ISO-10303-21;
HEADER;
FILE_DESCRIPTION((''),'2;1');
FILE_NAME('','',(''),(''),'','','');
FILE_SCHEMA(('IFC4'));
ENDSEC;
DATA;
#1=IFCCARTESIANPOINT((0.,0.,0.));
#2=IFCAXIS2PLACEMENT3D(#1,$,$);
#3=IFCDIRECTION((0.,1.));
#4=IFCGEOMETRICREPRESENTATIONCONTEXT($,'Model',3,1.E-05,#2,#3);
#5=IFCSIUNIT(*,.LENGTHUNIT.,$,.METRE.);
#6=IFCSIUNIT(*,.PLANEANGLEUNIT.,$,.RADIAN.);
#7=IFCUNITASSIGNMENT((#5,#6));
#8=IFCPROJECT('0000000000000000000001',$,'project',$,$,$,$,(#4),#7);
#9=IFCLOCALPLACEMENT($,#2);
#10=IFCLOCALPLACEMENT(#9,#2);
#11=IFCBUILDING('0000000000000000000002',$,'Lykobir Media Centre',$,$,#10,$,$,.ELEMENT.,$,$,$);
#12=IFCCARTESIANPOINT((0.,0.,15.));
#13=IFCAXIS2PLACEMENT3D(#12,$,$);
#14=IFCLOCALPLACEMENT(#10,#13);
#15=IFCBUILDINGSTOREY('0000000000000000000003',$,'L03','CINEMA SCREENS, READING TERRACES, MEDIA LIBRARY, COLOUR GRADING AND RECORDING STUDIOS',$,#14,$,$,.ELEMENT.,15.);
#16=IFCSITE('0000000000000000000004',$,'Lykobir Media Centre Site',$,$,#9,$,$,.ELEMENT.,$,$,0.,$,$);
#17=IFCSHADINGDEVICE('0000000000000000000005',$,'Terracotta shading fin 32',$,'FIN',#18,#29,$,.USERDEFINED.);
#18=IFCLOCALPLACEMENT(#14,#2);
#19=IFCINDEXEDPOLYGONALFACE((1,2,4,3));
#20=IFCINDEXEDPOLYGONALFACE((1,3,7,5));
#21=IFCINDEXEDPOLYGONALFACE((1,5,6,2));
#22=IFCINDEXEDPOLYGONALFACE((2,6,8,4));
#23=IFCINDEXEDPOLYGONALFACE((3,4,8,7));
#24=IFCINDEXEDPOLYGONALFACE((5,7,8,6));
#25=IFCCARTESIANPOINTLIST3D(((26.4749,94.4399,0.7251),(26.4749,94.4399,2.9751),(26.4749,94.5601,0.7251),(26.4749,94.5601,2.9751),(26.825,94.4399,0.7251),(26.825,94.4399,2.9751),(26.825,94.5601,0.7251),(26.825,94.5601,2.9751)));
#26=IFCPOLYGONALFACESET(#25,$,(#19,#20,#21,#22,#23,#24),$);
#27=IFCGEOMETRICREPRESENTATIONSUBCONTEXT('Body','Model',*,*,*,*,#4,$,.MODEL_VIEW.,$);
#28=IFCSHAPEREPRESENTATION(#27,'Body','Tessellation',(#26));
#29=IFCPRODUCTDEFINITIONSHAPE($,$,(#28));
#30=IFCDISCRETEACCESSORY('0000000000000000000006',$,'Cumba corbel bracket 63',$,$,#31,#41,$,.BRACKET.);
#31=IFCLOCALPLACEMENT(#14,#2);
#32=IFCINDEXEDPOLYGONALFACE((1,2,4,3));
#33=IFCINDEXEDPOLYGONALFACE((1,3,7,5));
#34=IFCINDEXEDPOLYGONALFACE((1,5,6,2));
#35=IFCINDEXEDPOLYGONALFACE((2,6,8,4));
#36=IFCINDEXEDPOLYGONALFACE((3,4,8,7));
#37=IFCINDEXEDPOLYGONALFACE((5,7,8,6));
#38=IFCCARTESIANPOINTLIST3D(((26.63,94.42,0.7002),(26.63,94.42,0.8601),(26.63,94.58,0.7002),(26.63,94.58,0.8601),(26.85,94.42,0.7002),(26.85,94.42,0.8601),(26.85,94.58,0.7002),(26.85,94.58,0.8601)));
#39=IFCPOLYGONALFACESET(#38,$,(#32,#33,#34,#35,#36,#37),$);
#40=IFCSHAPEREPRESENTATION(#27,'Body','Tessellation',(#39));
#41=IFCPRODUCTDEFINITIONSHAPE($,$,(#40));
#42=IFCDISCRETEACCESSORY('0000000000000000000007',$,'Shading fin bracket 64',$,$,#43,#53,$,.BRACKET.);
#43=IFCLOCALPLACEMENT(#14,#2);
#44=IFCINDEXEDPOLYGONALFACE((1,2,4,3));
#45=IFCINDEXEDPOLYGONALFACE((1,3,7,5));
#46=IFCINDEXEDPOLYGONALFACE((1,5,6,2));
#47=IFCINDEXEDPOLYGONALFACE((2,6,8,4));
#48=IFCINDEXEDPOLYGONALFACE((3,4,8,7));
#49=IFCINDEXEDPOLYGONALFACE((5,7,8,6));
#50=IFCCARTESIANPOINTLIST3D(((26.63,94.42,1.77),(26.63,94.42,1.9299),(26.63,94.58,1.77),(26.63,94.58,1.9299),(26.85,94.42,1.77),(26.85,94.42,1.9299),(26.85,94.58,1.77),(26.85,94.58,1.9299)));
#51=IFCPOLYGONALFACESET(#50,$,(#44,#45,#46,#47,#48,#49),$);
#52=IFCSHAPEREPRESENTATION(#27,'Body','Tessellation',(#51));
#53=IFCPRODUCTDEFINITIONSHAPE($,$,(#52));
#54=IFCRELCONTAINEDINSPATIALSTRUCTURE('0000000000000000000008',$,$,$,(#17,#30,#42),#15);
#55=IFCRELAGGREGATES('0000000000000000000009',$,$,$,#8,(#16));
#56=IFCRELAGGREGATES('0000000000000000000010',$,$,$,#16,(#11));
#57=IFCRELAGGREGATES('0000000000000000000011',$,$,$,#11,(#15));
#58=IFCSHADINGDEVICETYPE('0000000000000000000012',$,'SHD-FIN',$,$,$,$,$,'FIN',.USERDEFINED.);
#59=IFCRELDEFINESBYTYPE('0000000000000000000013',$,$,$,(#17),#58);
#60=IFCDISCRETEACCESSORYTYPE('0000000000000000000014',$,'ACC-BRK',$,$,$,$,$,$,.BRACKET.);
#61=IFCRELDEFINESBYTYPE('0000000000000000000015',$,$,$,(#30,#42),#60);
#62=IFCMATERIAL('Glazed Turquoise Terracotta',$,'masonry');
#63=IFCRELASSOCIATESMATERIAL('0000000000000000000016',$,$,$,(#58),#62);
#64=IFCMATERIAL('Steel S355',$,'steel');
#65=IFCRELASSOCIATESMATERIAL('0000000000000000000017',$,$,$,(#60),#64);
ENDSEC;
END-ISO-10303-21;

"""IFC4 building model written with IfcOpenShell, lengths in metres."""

from ifc_helpers import new_model, si_unit, direction, frame, origin, origin_2d, place, context, subcontext, project, spatial, rectangle, extrude, material, type_object, element, save


model = new_model("IFC4")

# Units and contexts
model_context = context("Model", 3, precision=1e-05, world=origin(), true_north=direction((0.0, 1.0)))
body_context = subcontext(model_context, "Body", "Model", "MODEL_VIEW")
ifc_project = project(units=[si_unit("LENGTHUNIT", "METRE"), si_unit("PLANEANGLEUNIT", "RADIAN")], contexts=[model_context])

# Site, building, storey
site_placement = place(None, origin())
site = spatial("IfcSite", under=ifc_project, at=site_placement, Name="Lykobir Media Centre Site", CompositionType="ELEMENT", RefElevation=0.0)
building_placement = place(site_placement, origin())
building = spatial("IfcBuilding", under=site, at=building_placement, Name="Lykobir Media Centre", CompositionType="ELEMENT")
storey_placement = place(building_placement, frame((0.0, 0.0, 15.0)))
storey = spatial("IfcBuildingStorey", under=building, at=storey_placement, Name="L03", Description="CINEMA SCREENS, READING TERRACES, MEDIA LIBRARY, COLOUR GRADING AND RECORDING STUDIOS", CompositionType="ELEMENT", Elevation=15.0)

# Shared definitions
ifc_material_1 = material(Name="Steel S355", Category="steel")

# Shared definitions
ifc_material_2 = material(Name="Glazed Turquoise Terracotta", Category="masonry")

# Shading device
shading_device_type = type_object("IfcShadingDeviceType", Name="SHD-FIN", ElementType="FIN", PredefinedType="USERDEFINED", material=ifc_material_2)
shading_device_placement = place(storey_placement, frame((26.6499, 94.5, 0.7251), z_axis=(0.0, 0.0, 1.0), x_axis=(0.0, -1.0, 0.0)))
element("IfcShadingDevice", 1, at=shading_device_placement, inside=storey, type_object=shading_device_type, Name="Terracotta shading fin 32", ObjectType="FIN", PredefinedType="USERDEFINED", context=body_context, shape_type="SweptSolid", body=[
    extrude(rectangle(XDim=0.1201, YDim=0.3501, at=origin_2d()), origin(), (0.0, 0.0, 1.0), 2.25),
])

# Discrete accessories
discrete_accessory_type = type_object("IfcDiscreteAccessoryType", Name="ACC-BRK", PredefinedType="BRACKET", material=ifc_material_1)
for number, where, z_axis, x_axis, name in (
    (2, (26.74, 94.5, 0.7002), (0.0, 0.0, 1.0), (0.0, -1.0, 0.0), "Cumba corbel bracket 63"),
    (3, (26.74, 94.5, 1.77), (0.0, 0.0, 1.0), (0.0, -1.0, 0.0), "Shading fin bracket 64"),
):
    element("IfcDiscreteAccessory", number, at=place(storey_placement, frame(where, z_axis=z_axis, x_axis=x_axis)), inside=storey, type_object=discrete_accessory_type, Name=name, PredefinedType="BRACKET", context=body_context, shape_type="SweptSolid", body=[
        extrude(rectangle(XDim=0.1599, YDim=0.22, at=origin_2d()), origin(), (0.0, 0.0, 1.0), 0.1599),
    ])

save(model, "model.ifc")
